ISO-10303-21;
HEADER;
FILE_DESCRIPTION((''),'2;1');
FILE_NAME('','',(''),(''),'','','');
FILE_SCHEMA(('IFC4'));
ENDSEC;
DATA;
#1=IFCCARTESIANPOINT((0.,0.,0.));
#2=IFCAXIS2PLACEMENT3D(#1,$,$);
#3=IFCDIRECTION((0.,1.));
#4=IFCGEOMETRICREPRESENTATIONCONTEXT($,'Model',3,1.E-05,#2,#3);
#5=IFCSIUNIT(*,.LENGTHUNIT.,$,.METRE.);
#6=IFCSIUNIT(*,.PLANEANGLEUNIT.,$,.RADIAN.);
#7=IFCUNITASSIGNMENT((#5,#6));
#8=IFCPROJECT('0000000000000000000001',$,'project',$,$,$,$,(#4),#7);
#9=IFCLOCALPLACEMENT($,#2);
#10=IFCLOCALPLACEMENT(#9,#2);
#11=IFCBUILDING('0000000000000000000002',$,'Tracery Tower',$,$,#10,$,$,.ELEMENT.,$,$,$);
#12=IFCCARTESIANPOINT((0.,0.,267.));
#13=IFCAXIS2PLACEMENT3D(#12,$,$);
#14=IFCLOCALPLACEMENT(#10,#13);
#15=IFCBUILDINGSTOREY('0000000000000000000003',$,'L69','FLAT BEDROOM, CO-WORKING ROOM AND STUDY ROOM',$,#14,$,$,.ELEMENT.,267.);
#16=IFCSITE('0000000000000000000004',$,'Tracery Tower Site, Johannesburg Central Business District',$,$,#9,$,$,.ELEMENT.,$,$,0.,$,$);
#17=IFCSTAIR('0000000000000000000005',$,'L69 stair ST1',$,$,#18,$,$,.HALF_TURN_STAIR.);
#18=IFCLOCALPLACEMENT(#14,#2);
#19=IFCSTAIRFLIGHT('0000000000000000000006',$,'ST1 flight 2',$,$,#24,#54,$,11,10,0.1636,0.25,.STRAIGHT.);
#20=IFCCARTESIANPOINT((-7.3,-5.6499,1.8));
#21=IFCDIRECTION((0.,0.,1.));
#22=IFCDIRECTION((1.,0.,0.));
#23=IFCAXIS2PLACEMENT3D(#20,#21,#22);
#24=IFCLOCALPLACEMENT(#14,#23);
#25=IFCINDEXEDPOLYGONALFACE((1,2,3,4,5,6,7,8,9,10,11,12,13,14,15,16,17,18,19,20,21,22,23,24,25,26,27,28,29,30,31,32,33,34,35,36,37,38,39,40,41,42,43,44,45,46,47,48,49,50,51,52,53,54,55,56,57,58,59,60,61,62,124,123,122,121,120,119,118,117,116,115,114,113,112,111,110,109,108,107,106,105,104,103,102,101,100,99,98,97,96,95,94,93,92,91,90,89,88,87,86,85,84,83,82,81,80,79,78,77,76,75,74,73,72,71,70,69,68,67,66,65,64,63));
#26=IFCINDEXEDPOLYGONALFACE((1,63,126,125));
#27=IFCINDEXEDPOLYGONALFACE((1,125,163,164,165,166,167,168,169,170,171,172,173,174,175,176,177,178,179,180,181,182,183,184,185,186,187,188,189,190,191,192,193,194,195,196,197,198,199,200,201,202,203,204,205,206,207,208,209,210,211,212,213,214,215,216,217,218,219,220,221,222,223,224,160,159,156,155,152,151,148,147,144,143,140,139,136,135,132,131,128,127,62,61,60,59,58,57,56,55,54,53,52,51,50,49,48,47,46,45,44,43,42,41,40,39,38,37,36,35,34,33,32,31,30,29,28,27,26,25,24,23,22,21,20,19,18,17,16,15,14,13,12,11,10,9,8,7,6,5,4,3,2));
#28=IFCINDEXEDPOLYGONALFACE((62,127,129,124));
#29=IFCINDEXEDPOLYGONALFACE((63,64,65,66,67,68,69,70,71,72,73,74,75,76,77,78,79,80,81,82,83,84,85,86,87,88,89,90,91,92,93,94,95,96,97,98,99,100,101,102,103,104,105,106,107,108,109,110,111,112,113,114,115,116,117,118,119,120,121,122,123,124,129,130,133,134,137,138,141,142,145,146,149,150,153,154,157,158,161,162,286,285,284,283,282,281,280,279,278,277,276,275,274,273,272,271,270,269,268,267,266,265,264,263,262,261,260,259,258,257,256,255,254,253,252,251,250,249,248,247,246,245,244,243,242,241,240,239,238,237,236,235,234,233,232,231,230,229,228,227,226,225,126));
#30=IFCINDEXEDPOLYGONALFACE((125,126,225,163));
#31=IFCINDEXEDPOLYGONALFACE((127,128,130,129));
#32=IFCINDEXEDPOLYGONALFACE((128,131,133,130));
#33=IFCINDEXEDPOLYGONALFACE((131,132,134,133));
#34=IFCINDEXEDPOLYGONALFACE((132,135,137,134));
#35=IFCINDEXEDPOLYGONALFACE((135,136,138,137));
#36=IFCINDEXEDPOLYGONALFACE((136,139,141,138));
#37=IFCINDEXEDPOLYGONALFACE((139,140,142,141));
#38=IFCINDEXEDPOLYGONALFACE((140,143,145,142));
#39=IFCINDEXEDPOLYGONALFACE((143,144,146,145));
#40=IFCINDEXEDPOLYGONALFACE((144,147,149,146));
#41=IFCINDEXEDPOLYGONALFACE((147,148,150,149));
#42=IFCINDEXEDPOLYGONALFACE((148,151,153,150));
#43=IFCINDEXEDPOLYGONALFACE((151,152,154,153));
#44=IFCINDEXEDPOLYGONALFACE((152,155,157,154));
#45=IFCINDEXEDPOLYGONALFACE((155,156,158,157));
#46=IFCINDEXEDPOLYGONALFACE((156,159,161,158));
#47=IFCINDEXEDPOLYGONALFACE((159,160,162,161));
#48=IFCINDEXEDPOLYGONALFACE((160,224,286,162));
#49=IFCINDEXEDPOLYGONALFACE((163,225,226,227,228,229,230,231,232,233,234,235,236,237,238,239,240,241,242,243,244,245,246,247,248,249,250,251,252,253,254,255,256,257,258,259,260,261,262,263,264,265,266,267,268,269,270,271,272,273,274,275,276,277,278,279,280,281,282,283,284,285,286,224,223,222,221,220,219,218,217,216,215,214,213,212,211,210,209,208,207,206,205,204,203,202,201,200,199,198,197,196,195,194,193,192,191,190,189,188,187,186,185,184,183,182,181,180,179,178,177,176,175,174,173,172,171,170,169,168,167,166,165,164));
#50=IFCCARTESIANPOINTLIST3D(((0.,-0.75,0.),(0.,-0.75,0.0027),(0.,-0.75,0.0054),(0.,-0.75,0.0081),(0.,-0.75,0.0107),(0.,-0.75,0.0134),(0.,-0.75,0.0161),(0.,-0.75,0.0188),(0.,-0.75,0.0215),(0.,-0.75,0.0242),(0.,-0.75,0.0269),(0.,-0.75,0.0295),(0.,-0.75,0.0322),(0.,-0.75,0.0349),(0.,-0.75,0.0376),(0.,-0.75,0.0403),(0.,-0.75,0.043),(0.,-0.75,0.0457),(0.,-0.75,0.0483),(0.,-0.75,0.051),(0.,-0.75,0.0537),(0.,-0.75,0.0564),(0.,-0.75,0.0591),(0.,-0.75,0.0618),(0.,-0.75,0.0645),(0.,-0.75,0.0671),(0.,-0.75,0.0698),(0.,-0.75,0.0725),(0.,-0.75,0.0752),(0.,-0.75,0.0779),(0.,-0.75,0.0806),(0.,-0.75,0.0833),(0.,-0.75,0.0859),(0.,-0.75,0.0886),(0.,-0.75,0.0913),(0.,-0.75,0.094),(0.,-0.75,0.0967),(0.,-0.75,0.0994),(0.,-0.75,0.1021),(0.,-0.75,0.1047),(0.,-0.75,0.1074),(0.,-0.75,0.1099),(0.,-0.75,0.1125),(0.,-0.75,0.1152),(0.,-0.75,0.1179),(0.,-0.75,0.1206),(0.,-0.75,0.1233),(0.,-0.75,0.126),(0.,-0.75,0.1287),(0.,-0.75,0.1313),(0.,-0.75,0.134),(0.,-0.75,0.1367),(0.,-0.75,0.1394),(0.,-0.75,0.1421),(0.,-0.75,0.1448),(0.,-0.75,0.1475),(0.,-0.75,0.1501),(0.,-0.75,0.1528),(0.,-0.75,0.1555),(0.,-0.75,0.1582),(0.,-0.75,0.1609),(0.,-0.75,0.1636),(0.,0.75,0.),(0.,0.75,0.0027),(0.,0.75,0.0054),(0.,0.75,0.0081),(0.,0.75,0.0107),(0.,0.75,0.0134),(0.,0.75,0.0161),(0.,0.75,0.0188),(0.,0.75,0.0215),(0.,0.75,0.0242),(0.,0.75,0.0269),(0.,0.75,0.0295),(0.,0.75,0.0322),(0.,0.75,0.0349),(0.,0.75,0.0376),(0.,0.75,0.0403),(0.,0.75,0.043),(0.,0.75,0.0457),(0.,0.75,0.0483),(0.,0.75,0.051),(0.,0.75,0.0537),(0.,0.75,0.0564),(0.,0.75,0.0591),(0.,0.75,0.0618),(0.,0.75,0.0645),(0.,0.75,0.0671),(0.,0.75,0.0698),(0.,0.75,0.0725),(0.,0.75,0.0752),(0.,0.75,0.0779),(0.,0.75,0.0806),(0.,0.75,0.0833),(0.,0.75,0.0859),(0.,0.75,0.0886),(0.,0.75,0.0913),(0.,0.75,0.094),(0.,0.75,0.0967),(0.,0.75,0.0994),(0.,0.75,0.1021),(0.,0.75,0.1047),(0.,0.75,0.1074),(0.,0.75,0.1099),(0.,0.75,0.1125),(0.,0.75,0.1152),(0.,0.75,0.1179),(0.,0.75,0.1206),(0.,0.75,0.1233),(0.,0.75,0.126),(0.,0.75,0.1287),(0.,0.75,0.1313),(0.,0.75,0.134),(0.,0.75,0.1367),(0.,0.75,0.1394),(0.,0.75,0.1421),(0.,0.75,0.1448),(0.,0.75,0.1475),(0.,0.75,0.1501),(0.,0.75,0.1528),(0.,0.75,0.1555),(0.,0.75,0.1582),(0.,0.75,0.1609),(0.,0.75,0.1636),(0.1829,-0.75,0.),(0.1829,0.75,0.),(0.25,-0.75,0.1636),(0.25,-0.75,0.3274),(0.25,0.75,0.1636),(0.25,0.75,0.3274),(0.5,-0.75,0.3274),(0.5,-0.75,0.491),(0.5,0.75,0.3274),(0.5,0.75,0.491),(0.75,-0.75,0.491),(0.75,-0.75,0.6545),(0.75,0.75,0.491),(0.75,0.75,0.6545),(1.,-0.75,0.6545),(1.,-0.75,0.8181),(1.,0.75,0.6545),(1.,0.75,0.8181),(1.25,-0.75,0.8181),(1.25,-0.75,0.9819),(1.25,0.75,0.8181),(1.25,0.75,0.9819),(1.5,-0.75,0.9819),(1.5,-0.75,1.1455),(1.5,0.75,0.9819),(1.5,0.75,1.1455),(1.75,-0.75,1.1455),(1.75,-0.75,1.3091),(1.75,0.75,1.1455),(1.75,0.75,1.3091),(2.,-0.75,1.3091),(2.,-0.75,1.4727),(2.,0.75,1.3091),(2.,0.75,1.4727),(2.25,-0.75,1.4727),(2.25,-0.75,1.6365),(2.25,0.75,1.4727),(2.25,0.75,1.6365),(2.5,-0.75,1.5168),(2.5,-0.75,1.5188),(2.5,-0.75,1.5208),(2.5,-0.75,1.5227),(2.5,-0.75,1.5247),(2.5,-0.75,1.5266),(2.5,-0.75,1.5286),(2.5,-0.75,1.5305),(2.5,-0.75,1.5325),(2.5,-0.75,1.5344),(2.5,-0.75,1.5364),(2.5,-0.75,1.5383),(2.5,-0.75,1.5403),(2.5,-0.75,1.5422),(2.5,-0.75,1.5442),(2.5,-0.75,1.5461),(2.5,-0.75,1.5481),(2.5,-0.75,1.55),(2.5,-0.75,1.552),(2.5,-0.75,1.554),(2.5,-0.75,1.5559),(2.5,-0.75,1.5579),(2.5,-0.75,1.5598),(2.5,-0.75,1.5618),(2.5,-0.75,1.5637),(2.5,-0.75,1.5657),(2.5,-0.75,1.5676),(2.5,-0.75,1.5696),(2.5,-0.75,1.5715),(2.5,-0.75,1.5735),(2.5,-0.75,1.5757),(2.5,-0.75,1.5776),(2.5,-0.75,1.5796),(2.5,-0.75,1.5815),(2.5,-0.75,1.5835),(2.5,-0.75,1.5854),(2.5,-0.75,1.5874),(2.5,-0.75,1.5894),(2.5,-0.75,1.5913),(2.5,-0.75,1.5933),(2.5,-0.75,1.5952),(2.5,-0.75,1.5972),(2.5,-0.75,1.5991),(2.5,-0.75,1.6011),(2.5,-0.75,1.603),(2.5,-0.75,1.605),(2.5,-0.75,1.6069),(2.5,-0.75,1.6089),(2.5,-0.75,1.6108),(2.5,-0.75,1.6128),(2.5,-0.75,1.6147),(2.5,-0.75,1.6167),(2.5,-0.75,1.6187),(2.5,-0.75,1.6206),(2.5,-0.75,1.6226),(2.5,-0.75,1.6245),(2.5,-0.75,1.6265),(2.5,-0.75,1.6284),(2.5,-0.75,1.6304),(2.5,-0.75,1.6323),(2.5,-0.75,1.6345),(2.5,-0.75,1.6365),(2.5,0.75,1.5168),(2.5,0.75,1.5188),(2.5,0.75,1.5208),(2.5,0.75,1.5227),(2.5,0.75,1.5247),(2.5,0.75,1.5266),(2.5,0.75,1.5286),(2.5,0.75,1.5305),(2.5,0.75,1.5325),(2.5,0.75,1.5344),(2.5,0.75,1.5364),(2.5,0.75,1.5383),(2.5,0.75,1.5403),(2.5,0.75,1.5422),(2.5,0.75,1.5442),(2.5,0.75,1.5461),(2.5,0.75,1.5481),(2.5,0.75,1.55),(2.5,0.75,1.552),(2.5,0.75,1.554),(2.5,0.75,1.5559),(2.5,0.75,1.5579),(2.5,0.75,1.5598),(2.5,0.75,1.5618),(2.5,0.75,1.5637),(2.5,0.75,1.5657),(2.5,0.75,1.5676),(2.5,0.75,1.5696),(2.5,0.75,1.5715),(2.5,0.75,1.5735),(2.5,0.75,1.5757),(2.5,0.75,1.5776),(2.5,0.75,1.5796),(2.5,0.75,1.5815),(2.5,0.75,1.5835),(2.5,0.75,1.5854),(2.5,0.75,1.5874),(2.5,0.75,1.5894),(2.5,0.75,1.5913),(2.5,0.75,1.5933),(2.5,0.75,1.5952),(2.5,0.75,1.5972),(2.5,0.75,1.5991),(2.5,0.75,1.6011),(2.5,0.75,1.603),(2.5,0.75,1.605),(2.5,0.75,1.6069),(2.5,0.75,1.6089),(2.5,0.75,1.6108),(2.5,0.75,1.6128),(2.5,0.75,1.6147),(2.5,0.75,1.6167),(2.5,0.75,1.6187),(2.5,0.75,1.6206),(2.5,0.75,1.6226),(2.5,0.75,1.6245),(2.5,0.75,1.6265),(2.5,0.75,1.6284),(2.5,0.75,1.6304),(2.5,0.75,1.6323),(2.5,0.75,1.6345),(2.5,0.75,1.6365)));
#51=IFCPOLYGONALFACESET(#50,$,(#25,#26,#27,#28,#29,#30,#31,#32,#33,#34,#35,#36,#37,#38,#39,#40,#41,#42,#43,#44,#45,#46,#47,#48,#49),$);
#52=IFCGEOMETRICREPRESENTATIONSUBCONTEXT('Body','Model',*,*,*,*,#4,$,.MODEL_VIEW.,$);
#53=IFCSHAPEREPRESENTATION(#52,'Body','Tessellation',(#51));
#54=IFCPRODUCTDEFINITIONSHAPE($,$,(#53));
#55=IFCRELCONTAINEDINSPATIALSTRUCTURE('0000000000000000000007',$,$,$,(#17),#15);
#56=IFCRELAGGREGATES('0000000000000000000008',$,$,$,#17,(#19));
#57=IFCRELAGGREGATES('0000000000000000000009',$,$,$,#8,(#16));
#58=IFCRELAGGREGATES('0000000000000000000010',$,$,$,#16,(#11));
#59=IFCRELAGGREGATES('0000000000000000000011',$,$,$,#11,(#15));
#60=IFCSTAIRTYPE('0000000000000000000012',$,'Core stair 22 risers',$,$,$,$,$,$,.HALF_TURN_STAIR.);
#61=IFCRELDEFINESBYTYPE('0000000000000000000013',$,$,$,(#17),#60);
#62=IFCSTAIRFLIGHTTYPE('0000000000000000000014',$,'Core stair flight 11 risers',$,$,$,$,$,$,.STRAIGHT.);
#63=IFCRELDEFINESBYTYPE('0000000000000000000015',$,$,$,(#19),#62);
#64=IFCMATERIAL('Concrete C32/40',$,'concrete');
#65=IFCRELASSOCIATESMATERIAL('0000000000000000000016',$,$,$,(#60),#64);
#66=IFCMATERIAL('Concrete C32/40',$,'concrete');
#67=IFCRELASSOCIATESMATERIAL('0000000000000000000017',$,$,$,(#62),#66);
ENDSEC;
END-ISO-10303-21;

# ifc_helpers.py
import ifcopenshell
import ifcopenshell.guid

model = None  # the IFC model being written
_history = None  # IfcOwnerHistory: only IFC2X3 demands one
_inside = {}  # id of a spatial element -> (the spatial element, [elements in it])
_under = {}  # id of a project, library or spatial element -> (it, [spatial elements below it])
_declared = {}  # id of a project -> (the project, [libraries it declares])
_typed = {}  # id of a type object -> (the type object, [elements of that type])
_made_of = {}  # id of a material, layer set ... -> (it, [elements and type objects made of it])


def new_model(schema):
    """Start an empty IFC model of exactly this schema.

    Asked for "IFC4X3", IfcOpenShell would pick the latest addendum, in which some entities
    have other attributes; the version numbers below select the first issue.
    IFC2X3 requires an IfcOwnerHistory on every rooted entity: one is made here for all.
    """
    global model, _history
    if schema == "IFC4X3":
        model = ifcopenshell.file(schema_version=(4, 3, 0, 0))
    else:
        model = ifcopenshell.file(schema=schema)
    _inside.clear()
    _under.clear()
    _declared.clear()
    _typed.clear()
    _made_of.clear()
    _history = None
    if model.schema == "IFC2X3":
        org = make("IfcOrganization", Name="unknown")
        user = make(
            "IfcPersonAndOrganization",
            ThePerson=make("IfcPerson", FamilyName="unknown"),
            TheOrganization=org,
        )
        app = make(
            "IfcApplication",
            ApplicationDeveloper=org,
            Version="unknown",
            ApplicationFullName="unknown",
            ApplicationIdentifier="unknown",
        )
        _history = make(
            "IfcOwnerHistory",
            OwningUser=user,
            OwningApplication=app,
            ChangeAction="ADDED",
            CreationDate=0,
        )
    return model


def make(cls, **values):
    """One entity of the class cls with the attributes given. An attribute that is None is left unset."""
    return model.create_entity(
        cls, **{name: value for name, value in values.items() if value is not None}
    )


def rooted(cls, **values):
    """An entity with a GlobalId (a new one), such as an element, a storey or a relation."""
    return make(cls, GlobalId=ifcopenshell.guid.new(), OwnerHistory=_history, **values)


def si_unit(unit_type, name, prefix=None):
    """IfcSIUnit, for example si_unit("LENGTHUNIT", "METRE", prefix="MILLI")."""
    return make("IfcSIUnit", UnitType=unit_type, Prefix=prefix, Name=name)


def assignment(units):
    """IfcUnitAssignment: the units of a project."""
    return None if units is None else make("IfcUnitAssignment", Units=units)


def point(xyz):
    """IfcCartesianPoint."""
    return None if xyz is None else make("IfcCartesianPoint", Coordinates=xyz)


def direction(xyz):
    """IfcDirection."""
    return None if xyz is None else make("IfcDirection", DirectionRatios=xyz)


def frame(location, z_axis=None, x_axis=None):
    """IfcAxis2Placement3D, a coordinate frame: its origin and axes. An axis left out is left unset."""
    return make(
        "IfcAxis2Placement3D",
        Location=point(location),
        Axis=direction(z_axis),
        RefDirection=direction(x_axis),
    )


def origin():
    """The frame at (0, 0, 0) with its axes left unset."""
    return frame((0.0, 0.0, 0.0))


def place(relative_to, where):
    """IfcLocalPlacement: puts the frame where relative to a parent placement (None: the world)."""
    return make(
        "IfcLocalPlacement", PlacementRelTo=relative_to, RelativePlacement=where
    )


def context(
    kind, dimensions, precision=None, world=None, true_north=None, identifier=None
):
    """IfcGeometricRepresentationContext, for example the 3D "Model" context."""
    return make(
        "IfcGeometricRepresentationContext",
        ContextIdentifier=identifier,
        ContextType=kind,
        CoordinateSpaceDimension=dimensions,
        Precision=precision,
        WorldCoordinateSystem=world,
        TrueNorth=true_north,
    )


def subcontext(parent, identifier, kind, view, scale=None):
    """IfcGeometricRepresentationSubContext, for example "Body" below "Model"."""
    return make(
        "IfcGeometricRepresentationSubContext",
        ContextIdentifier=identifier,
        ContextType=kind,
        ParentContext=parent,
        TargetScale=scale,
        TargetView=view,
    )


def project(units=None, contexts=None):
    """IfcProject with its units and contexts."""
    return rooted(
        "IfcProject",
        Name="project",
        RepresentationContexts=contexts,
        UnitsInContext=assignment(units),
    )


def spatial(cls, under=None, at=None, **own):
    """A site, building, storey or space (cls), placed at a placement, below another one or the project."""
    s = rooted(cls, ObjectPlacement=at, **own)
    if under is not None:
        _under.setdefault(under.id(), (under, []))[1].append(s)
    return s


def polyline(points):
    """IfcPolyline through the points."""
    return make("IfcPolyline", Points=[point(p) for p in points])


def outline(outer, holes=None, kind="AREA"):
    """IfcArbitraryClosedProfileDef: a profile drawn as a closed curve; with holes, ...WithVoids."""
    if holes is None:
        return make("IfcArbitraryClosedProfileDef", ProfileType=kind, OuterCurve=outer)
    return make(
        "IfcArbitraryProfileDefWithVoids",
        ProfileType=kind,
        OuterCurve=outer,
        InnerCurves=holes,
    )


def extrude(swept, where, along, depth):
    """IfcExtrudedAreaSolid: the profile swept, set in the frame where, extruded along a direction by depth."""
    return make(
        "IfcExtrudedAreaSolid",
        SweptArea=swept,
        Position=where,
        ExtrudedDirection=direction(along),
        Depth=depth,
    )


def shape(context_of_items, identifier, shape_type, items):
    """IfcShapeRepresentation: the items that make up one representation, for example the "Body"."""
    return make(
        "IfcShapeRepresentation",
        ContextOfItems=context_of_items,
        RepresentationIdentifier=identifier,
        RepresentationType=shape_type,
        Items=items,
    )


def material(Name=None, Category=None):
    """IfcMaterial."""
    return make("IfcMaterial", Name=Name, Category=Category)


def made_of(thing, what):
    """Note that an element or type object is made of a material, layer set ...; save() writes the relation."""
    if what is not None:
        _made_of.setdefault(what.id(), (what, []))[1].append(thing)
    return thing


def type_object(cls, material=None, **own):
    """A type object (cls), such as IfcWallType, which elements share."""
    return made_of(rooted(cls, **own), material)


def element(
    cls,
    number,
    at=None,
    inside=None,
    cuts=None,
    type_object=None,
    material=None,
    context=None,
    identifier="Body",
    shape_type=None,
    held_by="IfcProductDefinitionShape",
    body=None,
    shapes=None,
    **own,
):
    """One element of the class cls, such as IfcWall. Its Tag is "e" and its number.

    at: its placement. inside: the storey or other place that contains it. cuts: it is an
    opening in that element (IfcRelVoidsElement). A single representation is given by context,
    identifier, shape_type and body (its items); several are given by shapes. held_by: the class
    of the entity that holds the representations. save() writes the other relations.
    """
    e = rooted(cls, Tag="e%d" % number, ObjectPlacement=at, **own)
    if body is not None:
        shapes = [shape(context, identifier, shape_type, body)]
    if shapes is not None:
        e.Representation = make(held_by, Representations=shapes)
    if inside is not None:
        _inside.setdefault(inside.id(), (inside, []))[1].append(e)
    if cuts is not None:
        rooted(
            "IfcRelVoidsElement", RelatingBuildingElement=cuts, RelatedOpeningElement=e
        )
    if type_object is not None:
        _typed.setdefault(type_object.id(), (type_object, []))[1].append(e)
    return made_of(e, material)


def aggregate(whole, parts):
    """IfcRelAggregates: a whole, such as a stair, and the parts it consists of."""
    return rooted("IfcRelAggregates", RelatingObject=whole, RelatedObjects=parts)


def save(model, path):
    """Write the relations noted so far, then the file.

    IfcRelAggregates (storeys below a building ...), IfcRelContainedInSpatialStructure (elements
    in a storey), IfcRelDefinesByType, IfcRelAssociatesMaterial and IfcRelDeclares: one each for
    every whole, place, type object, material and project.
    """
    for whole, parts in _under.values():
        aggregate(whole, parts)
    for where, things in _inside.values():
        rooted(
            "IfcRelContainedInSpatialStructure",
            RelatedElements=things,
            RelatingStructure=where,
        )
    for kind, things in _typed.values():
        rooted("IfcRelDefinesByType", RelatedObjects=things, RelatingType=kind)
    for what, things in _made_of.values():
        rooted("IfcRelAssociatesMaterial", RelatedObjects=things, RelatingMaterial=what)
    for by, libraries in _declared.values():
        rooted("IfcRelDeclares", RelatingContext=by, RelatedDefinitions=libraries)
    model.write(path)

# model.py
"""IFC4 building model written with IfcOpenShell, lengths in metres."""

from ifc_helpers import new_model, si_unit, direction, frame, origin, place, context, subcontext, project, spatial, polyline, outline, extrude, material, type_object, element, aggregate, save


model = new_model("IFC4")

# Units and contexts
model_context = context("Model", 3, precision=1e-05, world=origin(), true_north=direction((0.0, 1.0)))
body_context = subcontext(model_context, "Body", "Model", "MODEL_VIEW")
ifc_project = project(units=[si_unit("LENGTHUNIT", "METRE"), si_unit("PLANEANGLEUNIT", "RADIAN")], contexts=[model_context])

# Site, building, storey
site_placement = place(None, origin())
site = spatial("IfcSite", under=ifc_project, at=site_placement, Name="Tracery Tower Site, Johannesburg Central Business District", CompositionType="ELEMENT", RefElevation=0.0)
building_placement = place(site_placement, origin())
building = spatial("IfcBuilding", under=site, at=building_placement, Name="Tracery Tower", CompositionType="ELEMENT")
storey_placement = place(building_placement, frame((0.0, 0.0, 267.0)))
storey = spatial("IfcBuildingStorey", under=building, at=storey_placement, Name="L69", Description="FLAT BEDROOM, CO-WORKING ROOM AND STUDY ROOM", CompositionType="ELEMENT", Elevation=267.0)

# Stair, stair flight
ifc_material_1 = material(Name="Concrete C32/40", Category="concrete")
stair_type = type_object("IfcStairType", Name="Core stair 22 risers", PredefinedType="HALF_TURN_STAIR", material=ifc_material_1)
stair_placement = place(storey_placement, origin())
stair = element("IfcStair", 1, at=stair_placement, inside=storey, type_object=stair_type, Name="L69 stair ST1", PredefinedType="HALF_TURN_STAIR")
ifc_material_2 = material(Name="Concrete C32/40", Category="concrete")
stair_flight_type = type_object("IfcStairFlightType", Name="Core stair flight 11 risers", PredefinedType="STRAIGHT", material=ifc_material_2)
stair_flight_1_placement = place(storey_placement, frame((-7.3, -5.6499, 1.8), z_axis=(0.0, 0.0, 1.0), x_axis=(1.0, 0.0, 0.0)))
stair_flight_1 = element("IfcStairFlight", 2, at=stair_flight_1_placement, type_object=stair_flight_type, Name="ST1 flight 2", NumberOfRisers=11, NumberOfTreads=10, PredefinedType="STRAIGHT", RiserHeight=0.1636, TreadLength=0.25, context=body_context, shape_type="SweptSolid", body=[
    extrude(outline(polyline([(0.0, 0.0), (0.0, 0.0027), (0.0, 0.0054), (0.0, 0.0081), (0.0, 0.0107), (0.0, 0.0134), (0.0, 0.0161), (0.0, 0.0188), (0.0, 0.0215), (0.0, 0.0242), (0.0, 0.0269), (0.0, 0.0295), (0.0, 0.0322), (0.0, 0.0349), (0.0, 0.0376), (0.0, 0.0403), (0.0, 0.043), (0.0, 0.0457), (0.0, 0.0483), (0.0, 0.051), (0.0, 0.0537), (0.0, 0.0564), (0.0, 0.0591), (0.0, 0.0618), (0.0, 0.0645), (0.0, 0.0671), (0.0, 0.0698), (0.0, 0.0725), (0.0, 0.0752), (0.0, 0.0779), (0.0, 0.0806), (0.0, 0.0833), (0.0, 0.0859), (0.0, 0.0886), (0.0, 0.0913), (0.0, 0.094), (0.0, 0.0967), (0.0, 0.0994), (0.0, 0.1021), (0.0, 0.1047), (0.0, 0.1074), (0.0, 0.1099), (0.0, 0.1125), (0.0, 0.1152), (0.0, 0.1179), (0.0, 0.1206), (0.0, 0.1233), (0.0, 0.126), (0.0, 0.1287), (0.0, 0.1313), (0.0, 0.134), (0.0, 0.1367), (0.0, 0.1394), (0.0, 0.1421), (0.0, 0.1448), (0.0, 0.1475), (0.0, 0.1501), (0.0, 0.1528), (0.0, 0.1555), (0.0, 0.1582), (0.0, 0.1609), (0.0, 0.1636), (0.25, 0.1636), (0.25, 0.3274), (0.5, 0.3274), (0.5, 0.491), (0.75, 0.491), (0.75, 0.6545), (1.0, 0.6545), (1.0, 0.8181), (1.25, 0.8181), (1.25, 0.9819), (1.5, 0.9819), (1.5, 1.1455), (1.75, 1.1455), (1.75, 1.3091), (2.0, 1.3091), (2.0, 1.4727), (2.25, 1.4727), (2.25, 1.6365), (2.5, 1.6365), (2.5, 1.6345), (2.5, 1.6323), (2.5, 1.6304), (2.5, 1.6284), (2.5, 1.6265), (2.5, 1.6245), (2.5, 1.6226), (2.5, 1.6206), (2.5, 1.6187), (2.5, 1.6167), (2.5, 1.6147), (2.5, 1.6128), (2.5, 1.6108), (2.5, 1.6089), (2.5, 1.6069), (2.5, 1.605), (2.5, 1.603), (2.5, 1.6011), (2.5, 1.5991), (2.5, 1.5972), (2.5, 1.5952), (2.5, 1.5933), (2.5, 1.5913), (2.5, 1.5894), (2.5, 1.5874), (2.5, 1.5854), (2.5, 1.5835), (2.5, 1.5815), (2.5, 1.5796), (2.5, 1.5776), (2.5, 1.5757), (2.5, 1.5735), (2.5, 1.5715), (2.5, 1.5696), (2.5, 1.5676), (2.5, 1.5657), (2.5, 1.5637), (2.5, 1.5618), (2.5, 1.5598), (2.5, 1.5579), (2.5, 1.5559), (2.5, 1.554), (2.5, 1.552), (2.5, 1.55), (2.5, 1.5481), (2.5, 1.5461), (2.5, 1.5442), (2.5, 1.5422), (2.5, 1.5403), (2.5, 1.5383), (2.5, 1.5364), (2.5, 1.5344), (2.5, 1.5325), (2.5, 1.5305), (2.5, 1.5286), (2.5, 1.5266), (2.5, 1.5247), (2.5, 1.5227), (2.5, 1.5208), (2.5, 1.5188), (2.5, 1.5168), (0.1829, 0.0), (0.0, 0.0)])), frame((0.0, 0.75, 0.0), z_axis=(0.0, -1.0, 0.0), x_axis=(1.0, 0.0, 0.0)), (0.0, 0.0, 1.0), 1.5),
])
aggregate(stair, [stair_flight_1])

save(model, "model.ifc")
